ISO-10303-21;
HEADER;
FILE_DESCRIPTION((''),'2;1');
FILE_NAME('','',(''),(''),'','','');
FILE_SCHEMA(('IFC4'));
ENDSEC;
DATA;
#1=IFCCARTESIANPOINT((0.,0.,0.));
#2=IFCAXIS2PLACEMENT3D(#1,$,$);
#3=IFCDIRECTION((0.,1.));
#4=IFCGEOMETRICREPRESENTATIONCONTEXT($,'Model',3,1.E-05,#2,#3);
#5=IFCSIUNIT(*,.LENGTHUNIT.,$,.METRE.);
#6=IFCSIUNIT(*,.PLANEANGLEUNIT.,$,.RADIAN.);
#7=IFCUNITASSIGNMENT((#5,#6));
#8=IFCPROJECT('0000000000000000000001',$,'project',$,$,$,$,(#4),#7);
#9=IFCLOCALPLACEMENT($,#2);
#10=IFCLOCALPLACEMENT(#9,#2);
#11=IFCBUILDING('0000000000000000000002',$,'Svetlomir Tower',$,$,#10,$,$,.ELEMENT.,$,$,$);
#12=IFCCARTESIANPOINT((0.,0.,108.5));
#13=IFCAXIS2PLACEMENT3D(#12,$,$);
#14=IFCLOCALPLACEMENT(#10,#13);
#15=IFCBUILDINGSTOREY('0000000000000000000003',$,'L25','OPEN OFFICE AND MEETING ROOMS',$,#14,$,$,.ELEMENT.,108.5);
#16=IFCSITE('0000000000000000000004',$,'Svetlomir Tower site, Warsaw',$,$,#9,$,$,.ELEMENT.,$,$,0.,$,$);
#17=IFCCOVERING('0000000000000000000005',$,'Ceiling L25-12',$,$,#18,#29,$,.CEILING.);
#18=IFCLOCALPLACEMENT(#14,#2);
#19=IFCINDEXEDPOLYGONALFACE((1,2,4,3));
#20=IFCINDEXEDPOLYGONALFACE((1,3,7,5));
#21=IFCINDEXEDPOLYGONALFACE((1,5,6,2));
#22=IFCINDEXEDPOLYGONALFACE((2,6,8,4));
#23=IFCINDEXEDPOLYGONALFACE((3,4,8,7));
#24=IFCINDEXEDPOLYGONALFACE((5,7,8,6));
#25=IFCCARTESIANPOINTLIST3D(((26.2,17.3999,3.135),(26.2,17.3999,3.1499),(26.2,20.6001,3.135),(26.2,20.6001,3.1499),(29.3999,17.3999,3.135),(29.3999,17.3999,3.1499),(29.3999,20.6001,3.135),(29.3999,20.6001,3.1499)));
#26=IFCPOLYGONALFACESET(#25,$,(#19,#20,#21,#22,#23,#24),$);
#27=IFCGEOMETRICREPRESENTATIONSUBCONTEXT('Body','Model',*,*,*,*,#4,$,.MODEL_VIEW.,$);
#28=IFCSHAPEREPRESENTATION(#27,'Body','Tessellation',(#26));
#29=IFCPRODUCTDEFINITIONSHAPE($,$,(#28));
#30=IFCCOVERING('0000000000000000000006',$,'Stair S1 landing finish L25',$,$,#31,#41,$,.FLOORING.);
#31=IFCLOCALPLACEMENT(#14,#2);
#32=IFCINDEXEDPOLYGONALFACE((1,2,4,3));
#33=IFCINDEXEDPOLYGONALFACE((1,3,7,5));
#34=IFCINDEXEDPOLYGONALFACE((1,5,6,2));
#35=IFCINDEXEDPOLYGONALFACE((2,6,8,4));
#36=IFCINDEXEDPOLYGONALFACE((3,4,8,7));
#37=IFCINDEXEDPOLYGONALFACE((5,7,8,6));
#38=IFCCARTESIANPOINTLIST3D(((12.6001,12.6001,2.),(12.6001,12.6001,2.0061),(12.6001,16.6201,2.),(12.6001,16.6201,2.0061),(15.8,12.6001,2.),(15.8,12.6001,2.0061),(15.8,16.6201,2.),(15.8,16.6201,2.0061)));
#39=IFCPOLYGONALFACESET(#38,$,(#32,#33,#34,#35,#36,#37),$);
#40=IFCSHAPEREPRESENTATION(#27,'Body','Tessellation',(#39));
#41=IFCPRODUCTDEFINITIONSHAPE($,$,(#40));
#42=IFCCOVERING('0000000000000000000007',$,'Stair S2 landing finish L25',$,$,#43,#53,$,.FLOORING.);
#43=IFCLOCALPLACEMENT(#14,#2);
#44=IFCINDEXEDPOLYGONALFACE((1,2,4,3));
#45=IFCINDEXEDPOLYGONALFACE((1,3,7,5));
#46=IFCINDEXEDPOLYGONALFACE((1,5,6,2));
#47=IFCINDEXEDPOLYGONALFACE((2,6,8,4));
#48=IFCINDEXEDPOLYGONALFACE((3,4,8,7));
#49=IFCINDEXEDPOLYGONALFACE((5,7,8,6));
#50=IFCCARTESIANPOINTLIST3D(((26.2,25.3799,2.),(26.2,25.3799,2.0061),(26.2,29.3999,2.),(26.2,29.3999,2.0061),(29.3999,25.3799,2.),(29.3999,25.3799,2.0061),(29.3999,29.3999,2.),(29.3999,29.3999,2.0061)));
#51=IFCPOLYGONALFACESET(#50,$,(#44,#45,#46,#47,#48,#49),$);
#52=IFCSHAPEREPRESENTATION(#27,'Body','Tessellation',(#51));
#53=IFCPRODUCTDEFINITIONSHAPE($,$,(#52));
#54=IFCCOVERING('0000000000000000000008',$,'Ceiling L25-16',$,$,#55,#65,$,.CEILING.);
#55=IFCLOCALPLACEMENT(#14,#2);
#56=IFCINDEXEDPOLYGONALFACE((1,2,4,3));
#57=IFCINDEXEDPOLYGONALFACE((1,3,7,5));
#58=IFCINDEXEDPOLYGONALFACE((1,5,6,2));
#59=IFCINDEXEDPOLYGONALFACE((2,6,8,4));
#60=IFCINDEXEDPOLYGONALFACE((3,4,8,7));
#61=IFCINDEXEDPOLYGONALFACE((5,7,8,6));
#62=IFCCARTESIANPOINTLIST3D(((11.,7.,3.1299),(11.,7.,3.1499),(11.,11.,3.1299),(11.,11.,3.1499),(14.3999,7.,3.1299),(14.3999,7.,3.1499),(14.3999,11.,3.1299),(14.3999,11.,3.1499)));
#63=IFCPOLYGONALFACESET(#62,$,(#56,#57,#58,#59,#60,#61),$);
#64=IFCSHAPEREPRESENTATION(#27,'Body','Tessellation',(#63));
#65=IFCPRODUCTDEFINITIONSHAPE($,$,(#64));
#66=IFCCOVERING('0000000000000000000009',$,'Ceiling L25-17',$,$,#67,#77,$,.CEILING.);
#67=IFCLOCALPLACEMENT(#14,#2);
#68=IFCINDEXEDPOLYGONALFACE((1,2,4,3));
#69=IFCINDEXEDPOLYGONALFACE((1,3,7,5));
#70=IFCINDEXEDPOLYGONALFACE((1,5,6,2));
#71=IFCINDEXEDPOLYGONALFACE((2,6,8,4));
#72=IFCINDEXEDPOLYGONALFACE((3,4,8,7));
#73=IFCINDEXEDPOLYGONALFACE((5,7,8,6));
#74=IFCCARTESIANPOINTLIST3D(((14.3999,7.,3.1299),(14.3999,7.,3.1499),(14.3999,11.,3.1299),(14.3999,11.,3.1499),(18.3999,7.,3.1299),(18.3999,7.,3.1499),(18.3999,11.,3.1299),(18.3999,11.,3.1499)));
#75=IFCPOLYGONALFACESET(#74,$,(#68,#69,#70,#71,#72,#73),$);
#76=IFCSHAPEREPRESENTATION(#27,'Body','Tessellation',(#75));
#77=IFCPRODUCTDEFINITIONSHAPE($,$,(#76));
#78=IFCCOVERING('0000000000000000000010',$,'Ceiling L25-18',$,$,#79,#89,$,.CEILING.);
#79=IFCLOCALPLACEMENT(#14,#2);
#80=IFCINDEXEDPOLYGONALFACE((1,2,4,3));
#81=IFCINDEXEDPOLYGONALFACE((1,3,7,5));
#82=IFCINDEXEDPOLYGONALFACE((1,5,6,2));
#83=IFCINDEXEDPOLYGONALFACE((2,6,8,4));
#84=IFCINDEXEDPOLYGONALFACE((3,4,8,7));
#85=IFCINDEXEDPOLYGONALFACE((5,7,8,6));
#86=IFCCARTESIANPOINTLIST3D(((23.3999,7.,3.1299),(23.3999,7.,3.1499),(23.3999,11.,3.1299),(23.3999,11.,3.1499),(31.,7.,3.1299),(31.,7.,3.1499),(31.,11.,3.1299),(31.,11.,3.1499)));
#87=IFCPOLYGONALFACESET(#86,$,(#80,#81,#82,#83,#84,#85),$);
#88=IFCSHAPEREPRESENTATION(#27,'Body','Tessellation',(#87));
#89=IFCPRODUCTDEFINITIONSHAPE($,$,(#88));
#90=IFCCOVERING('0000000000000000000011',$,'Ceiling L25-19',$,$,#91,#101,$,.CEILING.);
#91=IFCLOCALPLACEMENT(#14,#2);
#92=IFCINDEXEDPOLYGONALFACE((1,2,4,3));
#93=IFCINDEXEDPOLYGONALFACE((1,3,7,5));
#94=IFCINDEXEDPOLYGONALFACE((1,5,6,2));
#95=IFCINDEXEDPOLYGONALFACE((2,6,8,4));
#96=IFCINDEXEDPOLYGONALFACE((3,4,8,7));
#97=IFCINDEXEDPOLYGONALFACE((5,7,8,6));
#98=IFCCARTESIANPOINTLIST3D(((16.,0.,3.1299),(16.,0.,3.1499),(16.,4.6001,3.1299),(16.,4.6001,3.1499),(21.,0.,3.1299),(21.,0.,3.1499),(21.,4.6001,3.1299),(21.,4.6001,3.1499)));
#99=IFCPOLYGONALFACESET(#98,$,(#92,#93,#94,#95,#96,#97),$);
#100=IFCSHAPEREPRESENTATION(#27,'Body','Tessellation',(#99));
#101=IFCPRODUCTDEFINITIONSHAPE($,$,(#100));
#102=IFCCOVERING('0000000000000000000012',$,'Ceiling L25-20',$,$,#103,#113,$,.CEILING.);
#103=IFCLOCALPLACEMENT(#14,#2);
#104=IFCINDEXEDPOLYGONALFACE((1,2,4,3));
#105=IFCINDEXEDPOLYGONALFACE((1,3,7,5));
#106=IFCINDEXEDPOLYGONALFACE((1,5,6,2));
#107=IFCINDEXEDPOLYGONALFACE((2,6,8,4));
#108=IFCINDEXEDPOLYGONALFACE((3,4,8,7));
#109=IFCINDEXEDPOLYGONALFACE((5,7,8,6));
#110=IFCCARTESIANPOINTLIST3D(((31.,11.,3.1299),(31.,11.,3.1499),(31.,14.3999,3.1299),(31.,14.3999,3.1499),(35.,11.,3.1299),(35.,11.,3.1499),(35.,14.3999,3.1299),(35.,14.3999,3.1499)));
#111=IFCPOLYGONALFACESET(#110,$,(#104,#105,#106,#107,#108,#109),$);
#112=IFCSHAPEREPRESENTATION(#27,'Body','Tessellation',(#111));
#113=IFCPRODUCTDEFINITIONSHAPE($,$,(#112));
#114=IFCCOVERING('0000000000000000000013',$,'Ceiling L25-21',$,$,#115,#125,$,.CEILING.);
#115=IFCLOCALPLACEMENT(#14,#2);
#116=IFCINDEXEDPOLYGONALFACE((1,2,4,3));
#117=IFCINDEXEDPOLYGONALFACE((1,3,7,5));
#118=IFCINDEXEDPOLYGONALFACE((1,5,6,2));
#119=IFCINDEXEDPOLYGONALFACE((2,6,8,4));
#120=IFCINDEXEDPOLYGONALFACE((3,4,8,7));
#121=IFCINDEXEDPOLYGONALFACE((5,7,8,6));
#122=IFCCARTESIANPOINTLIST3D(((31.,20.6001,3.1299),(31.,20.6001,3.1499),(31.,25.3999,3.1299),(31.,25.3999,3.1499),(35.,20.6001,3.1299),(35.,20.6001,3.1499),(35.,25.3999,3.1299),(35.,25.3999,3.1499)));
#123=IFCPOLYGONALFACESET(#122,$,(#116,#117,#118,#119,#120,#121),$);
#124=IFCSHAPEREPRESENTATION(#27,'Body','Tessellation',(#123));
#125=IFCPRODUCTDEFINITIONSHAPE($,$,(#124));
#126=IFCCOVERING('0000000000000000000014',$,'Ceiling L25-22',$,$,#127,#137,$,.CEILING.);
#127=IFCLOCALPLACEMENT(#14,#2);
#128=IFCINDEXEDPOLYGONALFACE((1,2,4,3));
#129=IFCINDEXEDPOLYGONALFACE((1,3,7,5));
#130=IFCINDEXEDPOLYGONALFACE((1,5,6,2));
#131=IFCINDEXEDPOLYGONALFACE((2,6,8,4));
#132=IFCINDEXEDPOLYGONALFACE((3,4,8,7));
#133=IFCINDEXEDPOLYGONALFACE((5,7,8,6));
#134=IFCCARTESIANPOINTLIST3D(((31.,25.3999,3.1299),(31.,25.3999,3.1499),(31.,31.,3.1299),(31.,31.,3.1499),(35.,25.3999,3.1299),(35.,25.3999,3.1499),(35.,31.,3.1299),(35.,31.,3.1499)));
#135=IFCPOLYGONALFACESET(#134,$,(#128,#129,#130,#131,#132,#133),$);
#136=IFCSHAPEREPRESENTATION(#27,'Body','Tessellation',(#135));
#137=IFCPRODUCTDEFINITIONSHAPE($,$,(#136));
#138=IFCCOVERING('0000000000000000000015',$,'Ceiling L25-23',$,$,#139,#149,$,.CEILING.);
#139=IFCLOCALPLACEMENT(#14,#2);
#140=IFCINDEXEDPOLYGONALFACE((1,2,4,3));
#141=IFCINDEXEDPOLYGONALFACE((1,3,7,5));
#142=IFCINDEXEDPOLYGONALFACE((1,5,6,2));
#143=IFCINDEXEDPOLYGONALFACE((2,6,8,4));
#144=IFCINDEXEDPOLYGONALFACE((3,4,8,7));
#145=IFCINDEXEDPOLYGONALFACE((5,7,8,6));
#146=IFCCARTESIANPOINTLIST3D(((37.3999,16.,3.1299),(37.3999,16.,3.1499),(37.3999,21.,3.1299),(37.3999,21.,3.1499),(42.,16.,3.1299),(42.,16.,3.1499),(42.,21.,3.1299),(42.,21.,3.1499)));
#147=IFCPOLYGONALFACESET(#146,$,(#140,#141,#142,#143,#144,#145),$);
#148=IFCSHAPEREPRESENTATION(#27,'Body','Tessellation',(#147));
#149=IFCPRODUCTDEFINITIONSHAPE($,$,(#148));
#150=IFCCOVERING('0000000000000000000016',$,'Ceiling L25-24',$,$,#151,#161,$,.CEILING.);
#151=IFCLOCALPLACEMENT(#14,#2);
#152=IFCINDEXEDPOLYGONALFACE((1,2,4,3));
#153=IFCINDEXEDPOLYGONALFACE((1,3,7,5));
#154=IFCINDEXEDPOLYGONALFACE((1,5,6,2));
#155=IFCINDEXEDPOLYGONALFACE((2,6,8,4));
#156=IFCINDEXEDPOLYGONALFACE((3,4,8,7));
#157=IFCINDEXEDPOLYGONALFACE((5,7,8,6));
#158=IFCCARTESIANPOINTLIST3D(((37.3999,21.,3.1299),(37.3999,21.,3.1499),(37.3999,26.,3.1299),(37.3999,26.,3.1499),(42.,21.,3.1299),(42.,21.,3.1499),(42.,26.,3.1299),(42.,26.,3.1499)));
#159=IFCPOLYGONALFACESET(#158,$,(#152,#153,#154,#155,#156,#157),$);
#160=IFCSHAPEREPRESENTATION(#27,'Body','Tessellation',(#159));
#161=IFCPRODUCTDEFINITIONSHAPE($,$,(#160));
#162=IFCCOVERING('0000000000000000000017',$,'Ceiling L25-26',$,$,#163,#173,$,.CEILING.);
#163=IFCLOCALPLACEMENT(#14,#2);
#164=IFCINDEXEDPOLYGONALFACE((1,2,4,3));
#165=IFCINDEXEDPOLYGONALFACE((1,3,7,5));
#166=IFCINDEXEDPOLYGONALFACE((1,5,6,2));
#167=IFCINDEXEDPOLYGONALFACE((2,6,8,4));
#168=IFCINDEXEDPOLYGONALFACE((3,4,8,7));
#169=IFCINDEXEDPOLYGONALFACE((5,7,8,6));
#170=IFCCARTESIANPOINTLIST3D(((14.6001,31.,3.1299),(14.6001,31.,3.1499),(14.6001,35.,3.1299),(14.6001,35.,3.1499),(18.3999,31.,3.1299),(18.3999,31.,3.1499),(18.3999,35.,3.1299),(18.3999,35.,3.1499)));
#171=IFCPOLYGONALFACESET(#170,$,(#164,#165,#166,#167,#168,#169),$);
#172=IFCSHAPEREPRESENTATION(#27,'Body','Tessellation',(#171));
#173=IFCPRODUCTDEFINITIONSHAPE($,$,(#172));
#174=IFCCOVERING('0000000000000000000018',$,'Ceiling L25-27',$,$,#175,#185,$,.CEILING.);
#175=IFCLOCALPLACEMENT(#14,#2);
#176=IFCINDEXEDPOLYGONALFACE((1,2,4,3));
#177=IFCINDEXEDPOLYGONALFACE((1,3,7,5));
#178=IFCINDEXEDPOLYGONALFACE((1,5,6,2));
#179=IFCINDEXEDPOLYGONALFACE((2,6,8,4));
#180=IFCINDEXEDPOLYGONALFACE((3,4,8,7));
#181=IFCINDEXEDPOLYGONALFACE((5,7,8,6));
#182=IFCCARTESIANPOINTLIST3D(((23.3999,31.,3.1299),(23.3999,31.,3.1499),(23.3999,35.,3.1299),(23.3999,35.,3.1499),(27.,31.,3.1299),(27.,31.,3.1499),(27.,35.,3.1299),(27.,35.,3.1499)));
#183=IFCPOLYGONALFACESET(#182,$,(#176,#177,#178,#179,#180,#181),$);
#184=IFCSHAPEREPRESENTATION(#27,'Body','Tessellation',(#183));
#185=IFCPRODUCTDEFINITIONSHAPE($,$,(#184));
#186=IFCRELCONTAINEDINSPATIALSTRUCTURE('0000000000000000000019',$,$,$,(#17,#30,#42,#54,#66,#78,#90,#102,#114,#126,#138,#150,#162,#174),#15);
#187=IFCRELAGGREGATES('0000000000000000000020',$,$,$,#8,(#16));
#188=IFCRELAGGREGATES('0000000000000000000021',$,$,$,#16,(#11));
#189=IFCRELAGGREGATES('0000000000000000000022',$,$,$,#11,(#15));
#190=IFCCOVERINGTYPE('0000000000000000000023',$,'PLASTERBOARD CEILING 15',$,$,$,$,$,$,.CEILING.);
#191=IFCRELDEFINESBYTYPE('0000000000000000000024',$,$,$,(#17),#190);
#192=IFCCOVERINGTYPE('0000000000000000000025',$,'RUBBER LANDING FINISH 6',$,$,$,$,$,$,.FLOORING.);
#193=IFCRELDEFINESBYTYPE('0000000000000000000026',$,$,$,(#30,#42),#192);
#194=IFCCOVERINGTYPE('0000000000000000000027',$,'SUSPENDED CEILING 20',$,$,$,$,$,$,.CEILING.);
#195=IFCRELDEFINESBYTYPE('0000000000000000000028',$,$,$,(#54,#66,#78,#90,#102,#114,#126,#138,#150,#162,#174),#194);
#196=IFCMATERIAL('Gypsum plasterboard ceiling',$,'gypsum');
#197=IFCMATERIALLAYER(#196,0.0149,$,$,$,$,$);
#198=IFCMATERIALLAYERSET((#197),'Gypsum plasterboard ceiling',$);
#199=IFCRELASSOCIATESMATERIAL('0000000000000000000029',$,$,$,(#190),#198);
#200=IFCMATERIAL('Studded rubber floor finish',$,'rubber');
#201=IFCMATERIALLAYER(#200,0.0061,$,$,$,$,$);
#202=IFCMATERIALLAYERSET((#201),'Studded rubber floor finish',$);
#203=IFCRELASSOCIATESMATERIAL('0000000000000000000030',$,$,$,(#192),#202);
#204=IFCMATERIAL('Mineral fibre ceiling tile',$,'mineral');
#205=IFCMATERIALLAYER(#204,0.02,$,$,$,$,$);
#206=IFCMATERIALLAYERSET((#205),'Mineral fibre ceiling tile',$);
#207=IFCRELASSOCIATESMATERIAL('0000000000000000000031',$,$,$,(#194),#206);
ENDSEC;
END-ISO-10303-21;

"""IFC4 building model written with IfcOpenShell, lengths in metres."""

from ifc_helpers import new_model, si_unit, direction, frame, origin, place, context, subcontext, project, spatial, polyline, outline, extrude, material, layer, layer_set, type_object, element, save


model = new_model("IFC4")

# Units and contexts
model_context = context("Model", 3, precision=1e-05, world=origin(), true_north=direction((0.0, 1.0)))
body_context = subcontext(model_context, "Body", "Model", "MODEL_VIEW")
ifc_project = project(units=[si_unit("LENGTHUNIT", "METRE"), si_unit("PLANEANGLEUNIT", "RADIAN")], contexts=[model_context])

# Site, building, storey
site_placement = place(None, origin())
site = spatial("IfcSite", under=ifc_project, at=site_placement, Name="Svetlomir Tower site, Warsaw", CompositionType="ELEMENT", RefElevation=0.0)
building_placement = place(site_placement, origin())
building = spatial("IfcBuilding", under=site, at=building_placement, Name="Svetlomir Tower", CompositionType="ELEMENT")
storey_placement = place(building_placement, frame((0.0, 0.0, 108.5)))
storey = spatial("IfcBuildingStorey", under=building, at=storey_placement, Name="L25", Description="OPEN OFFICE AND MEETING ROOMS", CompositionType="ELEMENT", Elevation=108.5)

# Coverings
ifc_material_1 = material(Name="Gypsum plasterboard ceiling", Category="gypsum")
ifc_layer_1 = layer(ifc_material_1, 0.0149)
ifc_layer_set_1 = layer_set([ifc_layer_1], Name="Gypsum plasterboard ceiling")
covering_type_1 = type_object("IfcCoveringType", Name="PLASTERBOARD CEILING 15", PredefinedType="CEILING", material=ifc_layer_set_1)
covering_1_placement = place(storey_placement, frame((0.0, 0.0, 3.135)))
element("IfcCovering", 1, at=covering_1_placement, inside=storey, type_object=covering_type_1, Name="Ceiling L25-12", PredefinedType="CEILING", context=body_context, shape_type="SweptSolid", body=[
    extrude(outline(polyline([(26.2, 17.3999), (29.3999, 17.3999), (29.3999, 20.6001), (26.2, 20.6001), (26.2, 17.3999)])), origin(), (0.0, 0.0, 1.0), 0.0149),
])
ifc_material_2 = material(Name="Studded rubber floor finish", Category="rubber")
ifc_layer_2 = layer(ifc_material_2, 0.0061)
ifc_layer_set_2 = layer_set([ifc_layer_2], Name="Studded rubber floor finish")
covering_type_2 = type_object("IfcCoveringType", Name="RUBBER LANDING FINISH 6", PredefinedType="FLOORING", material=ifc_layer_set_2)
covering_2_placement = place(storey_placement, frame((0.0, 0.0, 2.0)))
element("IfcCovering", 2, at=covering_2_placement, inside=storey, type_object=covering_type_2, Name="Stair S1 landing finish L25", PredefinedType="FLOORING", context=body_context, shape_type="SweptSolid", body=[
    extrude(outline(polyline([(12.6001, 12.6001), (15.8, 12.6001), (15.8, 16.6201), (12.6001, 16.6201), (12.6001, 12.6001)])), origin(), (0.0, 0.0, 1.0), 0.0061),
])
covering_3_placement = place(storey_placement, frame((0.0, 0.0, 2.0)))
element("IfcCovering", 3, at=covering_3_placement, inside=storey, type_object=covering_type_2, Name="Stair S2 landing finish L25", PredefinedType="FLOORING", context=body_context, shape_type="SweptSolid", body=[
    extrude(outline(polyline([(26.2, 25.3799), (29.3999, 25.3799), (29.3999, 29.3999), (26.2, 29.3999), (26.2, 25.3799)])), origin(), (0.0, 0.0, 1.0), 0.0061),
])
ifc_material_3 = material(Name="Mineral fibre ceiling tile", Category="mineral")
ifc_layer_3 = layer(ifc_material_3, 0.02)
ifc_layer_set_3 = layer_set([ifc_layer_3], Name="Mineral fibre ceiling tile")
covering_type_3 = type_object("IfcCoveringType", Name="SUSPENDED CEILING 20", PredefinedType="CEILING", material=ifc_layer_set_3)
covering_4_placement = place(storey_placement, frame((0.0, 0.0, 3.1299)))
element("IfcCovering", 4, at=covering_4_placement, inside=storey, type_object=covering_type_3, Name="Ceiling L25-16", PredefinedType="CEILING", context=body_context, shape_type="SweptSolid", body=[
    extrude(outline(polyline([(11.0, 7.0), (14.3999, 7.0), (14.3999, 11.0), (11.0, 11.0), (11.0, 7.0)])), origin(), (0.0, 0.0, 1.0), 0.02),
])
covering_5_placement = place(storey_placement, frame((0.0, 0.0, 3.1299)))
element("IfcCovering", 5, at=covering_5_placement, inside=storey, type_object=covering_type_3, Name="Ceiling L25-17", PredefinedType="CEILING", context=body_context, shape_type="SweptSolid", body=[
    extrude(outline(polyline([(14.3999, 7.0), (18.3999, 7.0), (18.3999, 11.0), (14.3999, 11.0), (14.3999, 7.0)])), origin(), (0.0, 0.0, 1.0), 0.02),
])
covering_6_placement = place(storey_placement, frame((0.0, 0.0, 3.1299)))
element("IfcCovering", 6, at=covering_6_placement, inside=storey, type_object=covering_type_3, Name="Ceiling L25-18", PredefinedType="CEILING", context=body_context, shape_type="SweptSolid", body=[
    extrude(outline(polyline([(23.3999, 7.0), (31.0, 7.0), (31.0, 11.0), (23.3999, 11.0), (23.3999, 7.0)])), origin(), (0.0, 0.0, 1.0), 0.02),
])
covering_7_placement = place(storey_placement, frame((0.0, 0.0, 3.1299)))
element("IfcCovering", 7, at=covering_7_placement, inside=storey, type_object=covering_type_3, Name="Ceiling L25-19", PredefinedType="CEILING", context=body_context, shape_type="SweptSolid", body=[
    extrude(outline(polyline([(16.0, 0.0), (21.0, 0.0), (21.0, 4.6001), (16.0, 4.6001), (16.0, 0.0)])), origin(), (0.0, 0.0, 1.0), 0.02),
])
covering_8_placement = place(storey_placement, frame((0.0, 0.0, 3.1299)))
element("IfcCovering", 8, at=covering_8_placement, inside=storey, type_object=covering_type_3, Name="Ceiling L25-20", PredefinedType="CEILING", context=body_context, shape_type="SweptSolid", body=[
    extrude(outline(polyline([(31.0, 11.0), (35.0, 11.0), (35.0, 14.3999), (31.0, 14.3999), (31.0, 11.0)])), origin(), (0.0, 0.0, 1.0), 0.02),
])
covering_9_placement = place(storey_placement, frame((0.0, 0.0, 3.1299)))
element("IfcCovering", 9, at=covering_9_placement, inside=storey, type_object=covering_type_3, Name="Ceiling L25-21", PredefinedType="CEILING", context=body_context, shape_type="SweptSolid", body=[
    extrude(outline(polyline([(31.0, 20.6001), (35.0, 20.6001), (35.0, 25.3999), (31.0, 25.3999), (31.0, 20.6001)])), origin(), (0.0, 0.0, 1.0), 0.02),
])
covering_10_placement = place(storey_placement, frame((0.0, 0.0, 3.1299)))
element("IfcCovering", 10, at=covering_10_placement, inside=storey, type_object=covering_type_3, Name="Ceiling L25-22", PredefinedType="CEILING", context=body_context, shape_type="SweptSolid", body=[
    extrude(outline(polyline([(31.0, 25.3999), (35.0, 25.3999), (35.0, 31.0), (31.0, 31.0), (31.0, 25.3999)])), origin(), (0.0, 0.0, 1.0), 0.02),
])
covering_11_placement = place(storey_placement, frame((0.0, 0.0, 3.1299)))
element("IfcCovering", 11, at=covering_11_placement, inside=storey, type_object=covering_type_3, Name="Ceiling L25-23", PredefinedType="CEILING", context=body_context, shape_type="SweptSolid", body=[
    extrude(outline(polyline([(37.3999, 16.0), (42.0, 16.0), (42.0, 21.0), (37.3999, 21.0), (37.3999, 16.0)])), origin(), (0.0, 0.0, 1.0), 0.02),
])
covering_12_placement = place(storey_placement, frame((0.0, 0.0, 3.1299)))
element("IfcCovering", 12, at=covering_12_placement, inside=storey, type_object=covering_type_3, Name="Ceiling L25-24", PredefinedType="CEILING", context=body_context, shape_type="SweptSolid", body=[
    extrude(outline(polyline([(37.3999, 21.0), (42.0, 21.0), (42.0, 26.0), (37.3999, 26.0), (37.3999, 21.0)])), origin(), (0.0, 0.0, 1.0), 0.02),
])
covering_13_placement = place(storey_placement, frame((0.0, 0.0, 3.1299)))
element("IfcCovering", 13, at=covering_13_placement, inside=storey, type_object=covering_type_3, Name="Ceiling L25-26", PredefinedType="CEILING", context=body_context, shape_type="SweptSolid", body=[
    extrude(outline(polyline([(14.6001, 31.0), (18.3999, 31.0), (18.3999, 35.0), (14.6001, 35.0), (14.6001, 31.0)])), origin(), (0.0, 0.0, 1.0), 0.02),
])
covering_14_placement = place(storey_placement, frame((0.0, 0.0, 3.1299)))
element("IfcCovering", 14, at=covering_14_placement, inside=storey, type_object=covering_type_3, Name="Ceiling L25-27", PredefinedType="CEILING", context=body_context, shape_type="SweptSolid", body=[
    extrude(outline(polyline([(23.3999, 31.0), (27.0, 31.0), (27.0, 35.0), (23.3999, 35.0), (23.3999, 31.0)])), origin(), (0.0, 0.0, 1.0), 0.02),
])

save(model, "model.ifc")
